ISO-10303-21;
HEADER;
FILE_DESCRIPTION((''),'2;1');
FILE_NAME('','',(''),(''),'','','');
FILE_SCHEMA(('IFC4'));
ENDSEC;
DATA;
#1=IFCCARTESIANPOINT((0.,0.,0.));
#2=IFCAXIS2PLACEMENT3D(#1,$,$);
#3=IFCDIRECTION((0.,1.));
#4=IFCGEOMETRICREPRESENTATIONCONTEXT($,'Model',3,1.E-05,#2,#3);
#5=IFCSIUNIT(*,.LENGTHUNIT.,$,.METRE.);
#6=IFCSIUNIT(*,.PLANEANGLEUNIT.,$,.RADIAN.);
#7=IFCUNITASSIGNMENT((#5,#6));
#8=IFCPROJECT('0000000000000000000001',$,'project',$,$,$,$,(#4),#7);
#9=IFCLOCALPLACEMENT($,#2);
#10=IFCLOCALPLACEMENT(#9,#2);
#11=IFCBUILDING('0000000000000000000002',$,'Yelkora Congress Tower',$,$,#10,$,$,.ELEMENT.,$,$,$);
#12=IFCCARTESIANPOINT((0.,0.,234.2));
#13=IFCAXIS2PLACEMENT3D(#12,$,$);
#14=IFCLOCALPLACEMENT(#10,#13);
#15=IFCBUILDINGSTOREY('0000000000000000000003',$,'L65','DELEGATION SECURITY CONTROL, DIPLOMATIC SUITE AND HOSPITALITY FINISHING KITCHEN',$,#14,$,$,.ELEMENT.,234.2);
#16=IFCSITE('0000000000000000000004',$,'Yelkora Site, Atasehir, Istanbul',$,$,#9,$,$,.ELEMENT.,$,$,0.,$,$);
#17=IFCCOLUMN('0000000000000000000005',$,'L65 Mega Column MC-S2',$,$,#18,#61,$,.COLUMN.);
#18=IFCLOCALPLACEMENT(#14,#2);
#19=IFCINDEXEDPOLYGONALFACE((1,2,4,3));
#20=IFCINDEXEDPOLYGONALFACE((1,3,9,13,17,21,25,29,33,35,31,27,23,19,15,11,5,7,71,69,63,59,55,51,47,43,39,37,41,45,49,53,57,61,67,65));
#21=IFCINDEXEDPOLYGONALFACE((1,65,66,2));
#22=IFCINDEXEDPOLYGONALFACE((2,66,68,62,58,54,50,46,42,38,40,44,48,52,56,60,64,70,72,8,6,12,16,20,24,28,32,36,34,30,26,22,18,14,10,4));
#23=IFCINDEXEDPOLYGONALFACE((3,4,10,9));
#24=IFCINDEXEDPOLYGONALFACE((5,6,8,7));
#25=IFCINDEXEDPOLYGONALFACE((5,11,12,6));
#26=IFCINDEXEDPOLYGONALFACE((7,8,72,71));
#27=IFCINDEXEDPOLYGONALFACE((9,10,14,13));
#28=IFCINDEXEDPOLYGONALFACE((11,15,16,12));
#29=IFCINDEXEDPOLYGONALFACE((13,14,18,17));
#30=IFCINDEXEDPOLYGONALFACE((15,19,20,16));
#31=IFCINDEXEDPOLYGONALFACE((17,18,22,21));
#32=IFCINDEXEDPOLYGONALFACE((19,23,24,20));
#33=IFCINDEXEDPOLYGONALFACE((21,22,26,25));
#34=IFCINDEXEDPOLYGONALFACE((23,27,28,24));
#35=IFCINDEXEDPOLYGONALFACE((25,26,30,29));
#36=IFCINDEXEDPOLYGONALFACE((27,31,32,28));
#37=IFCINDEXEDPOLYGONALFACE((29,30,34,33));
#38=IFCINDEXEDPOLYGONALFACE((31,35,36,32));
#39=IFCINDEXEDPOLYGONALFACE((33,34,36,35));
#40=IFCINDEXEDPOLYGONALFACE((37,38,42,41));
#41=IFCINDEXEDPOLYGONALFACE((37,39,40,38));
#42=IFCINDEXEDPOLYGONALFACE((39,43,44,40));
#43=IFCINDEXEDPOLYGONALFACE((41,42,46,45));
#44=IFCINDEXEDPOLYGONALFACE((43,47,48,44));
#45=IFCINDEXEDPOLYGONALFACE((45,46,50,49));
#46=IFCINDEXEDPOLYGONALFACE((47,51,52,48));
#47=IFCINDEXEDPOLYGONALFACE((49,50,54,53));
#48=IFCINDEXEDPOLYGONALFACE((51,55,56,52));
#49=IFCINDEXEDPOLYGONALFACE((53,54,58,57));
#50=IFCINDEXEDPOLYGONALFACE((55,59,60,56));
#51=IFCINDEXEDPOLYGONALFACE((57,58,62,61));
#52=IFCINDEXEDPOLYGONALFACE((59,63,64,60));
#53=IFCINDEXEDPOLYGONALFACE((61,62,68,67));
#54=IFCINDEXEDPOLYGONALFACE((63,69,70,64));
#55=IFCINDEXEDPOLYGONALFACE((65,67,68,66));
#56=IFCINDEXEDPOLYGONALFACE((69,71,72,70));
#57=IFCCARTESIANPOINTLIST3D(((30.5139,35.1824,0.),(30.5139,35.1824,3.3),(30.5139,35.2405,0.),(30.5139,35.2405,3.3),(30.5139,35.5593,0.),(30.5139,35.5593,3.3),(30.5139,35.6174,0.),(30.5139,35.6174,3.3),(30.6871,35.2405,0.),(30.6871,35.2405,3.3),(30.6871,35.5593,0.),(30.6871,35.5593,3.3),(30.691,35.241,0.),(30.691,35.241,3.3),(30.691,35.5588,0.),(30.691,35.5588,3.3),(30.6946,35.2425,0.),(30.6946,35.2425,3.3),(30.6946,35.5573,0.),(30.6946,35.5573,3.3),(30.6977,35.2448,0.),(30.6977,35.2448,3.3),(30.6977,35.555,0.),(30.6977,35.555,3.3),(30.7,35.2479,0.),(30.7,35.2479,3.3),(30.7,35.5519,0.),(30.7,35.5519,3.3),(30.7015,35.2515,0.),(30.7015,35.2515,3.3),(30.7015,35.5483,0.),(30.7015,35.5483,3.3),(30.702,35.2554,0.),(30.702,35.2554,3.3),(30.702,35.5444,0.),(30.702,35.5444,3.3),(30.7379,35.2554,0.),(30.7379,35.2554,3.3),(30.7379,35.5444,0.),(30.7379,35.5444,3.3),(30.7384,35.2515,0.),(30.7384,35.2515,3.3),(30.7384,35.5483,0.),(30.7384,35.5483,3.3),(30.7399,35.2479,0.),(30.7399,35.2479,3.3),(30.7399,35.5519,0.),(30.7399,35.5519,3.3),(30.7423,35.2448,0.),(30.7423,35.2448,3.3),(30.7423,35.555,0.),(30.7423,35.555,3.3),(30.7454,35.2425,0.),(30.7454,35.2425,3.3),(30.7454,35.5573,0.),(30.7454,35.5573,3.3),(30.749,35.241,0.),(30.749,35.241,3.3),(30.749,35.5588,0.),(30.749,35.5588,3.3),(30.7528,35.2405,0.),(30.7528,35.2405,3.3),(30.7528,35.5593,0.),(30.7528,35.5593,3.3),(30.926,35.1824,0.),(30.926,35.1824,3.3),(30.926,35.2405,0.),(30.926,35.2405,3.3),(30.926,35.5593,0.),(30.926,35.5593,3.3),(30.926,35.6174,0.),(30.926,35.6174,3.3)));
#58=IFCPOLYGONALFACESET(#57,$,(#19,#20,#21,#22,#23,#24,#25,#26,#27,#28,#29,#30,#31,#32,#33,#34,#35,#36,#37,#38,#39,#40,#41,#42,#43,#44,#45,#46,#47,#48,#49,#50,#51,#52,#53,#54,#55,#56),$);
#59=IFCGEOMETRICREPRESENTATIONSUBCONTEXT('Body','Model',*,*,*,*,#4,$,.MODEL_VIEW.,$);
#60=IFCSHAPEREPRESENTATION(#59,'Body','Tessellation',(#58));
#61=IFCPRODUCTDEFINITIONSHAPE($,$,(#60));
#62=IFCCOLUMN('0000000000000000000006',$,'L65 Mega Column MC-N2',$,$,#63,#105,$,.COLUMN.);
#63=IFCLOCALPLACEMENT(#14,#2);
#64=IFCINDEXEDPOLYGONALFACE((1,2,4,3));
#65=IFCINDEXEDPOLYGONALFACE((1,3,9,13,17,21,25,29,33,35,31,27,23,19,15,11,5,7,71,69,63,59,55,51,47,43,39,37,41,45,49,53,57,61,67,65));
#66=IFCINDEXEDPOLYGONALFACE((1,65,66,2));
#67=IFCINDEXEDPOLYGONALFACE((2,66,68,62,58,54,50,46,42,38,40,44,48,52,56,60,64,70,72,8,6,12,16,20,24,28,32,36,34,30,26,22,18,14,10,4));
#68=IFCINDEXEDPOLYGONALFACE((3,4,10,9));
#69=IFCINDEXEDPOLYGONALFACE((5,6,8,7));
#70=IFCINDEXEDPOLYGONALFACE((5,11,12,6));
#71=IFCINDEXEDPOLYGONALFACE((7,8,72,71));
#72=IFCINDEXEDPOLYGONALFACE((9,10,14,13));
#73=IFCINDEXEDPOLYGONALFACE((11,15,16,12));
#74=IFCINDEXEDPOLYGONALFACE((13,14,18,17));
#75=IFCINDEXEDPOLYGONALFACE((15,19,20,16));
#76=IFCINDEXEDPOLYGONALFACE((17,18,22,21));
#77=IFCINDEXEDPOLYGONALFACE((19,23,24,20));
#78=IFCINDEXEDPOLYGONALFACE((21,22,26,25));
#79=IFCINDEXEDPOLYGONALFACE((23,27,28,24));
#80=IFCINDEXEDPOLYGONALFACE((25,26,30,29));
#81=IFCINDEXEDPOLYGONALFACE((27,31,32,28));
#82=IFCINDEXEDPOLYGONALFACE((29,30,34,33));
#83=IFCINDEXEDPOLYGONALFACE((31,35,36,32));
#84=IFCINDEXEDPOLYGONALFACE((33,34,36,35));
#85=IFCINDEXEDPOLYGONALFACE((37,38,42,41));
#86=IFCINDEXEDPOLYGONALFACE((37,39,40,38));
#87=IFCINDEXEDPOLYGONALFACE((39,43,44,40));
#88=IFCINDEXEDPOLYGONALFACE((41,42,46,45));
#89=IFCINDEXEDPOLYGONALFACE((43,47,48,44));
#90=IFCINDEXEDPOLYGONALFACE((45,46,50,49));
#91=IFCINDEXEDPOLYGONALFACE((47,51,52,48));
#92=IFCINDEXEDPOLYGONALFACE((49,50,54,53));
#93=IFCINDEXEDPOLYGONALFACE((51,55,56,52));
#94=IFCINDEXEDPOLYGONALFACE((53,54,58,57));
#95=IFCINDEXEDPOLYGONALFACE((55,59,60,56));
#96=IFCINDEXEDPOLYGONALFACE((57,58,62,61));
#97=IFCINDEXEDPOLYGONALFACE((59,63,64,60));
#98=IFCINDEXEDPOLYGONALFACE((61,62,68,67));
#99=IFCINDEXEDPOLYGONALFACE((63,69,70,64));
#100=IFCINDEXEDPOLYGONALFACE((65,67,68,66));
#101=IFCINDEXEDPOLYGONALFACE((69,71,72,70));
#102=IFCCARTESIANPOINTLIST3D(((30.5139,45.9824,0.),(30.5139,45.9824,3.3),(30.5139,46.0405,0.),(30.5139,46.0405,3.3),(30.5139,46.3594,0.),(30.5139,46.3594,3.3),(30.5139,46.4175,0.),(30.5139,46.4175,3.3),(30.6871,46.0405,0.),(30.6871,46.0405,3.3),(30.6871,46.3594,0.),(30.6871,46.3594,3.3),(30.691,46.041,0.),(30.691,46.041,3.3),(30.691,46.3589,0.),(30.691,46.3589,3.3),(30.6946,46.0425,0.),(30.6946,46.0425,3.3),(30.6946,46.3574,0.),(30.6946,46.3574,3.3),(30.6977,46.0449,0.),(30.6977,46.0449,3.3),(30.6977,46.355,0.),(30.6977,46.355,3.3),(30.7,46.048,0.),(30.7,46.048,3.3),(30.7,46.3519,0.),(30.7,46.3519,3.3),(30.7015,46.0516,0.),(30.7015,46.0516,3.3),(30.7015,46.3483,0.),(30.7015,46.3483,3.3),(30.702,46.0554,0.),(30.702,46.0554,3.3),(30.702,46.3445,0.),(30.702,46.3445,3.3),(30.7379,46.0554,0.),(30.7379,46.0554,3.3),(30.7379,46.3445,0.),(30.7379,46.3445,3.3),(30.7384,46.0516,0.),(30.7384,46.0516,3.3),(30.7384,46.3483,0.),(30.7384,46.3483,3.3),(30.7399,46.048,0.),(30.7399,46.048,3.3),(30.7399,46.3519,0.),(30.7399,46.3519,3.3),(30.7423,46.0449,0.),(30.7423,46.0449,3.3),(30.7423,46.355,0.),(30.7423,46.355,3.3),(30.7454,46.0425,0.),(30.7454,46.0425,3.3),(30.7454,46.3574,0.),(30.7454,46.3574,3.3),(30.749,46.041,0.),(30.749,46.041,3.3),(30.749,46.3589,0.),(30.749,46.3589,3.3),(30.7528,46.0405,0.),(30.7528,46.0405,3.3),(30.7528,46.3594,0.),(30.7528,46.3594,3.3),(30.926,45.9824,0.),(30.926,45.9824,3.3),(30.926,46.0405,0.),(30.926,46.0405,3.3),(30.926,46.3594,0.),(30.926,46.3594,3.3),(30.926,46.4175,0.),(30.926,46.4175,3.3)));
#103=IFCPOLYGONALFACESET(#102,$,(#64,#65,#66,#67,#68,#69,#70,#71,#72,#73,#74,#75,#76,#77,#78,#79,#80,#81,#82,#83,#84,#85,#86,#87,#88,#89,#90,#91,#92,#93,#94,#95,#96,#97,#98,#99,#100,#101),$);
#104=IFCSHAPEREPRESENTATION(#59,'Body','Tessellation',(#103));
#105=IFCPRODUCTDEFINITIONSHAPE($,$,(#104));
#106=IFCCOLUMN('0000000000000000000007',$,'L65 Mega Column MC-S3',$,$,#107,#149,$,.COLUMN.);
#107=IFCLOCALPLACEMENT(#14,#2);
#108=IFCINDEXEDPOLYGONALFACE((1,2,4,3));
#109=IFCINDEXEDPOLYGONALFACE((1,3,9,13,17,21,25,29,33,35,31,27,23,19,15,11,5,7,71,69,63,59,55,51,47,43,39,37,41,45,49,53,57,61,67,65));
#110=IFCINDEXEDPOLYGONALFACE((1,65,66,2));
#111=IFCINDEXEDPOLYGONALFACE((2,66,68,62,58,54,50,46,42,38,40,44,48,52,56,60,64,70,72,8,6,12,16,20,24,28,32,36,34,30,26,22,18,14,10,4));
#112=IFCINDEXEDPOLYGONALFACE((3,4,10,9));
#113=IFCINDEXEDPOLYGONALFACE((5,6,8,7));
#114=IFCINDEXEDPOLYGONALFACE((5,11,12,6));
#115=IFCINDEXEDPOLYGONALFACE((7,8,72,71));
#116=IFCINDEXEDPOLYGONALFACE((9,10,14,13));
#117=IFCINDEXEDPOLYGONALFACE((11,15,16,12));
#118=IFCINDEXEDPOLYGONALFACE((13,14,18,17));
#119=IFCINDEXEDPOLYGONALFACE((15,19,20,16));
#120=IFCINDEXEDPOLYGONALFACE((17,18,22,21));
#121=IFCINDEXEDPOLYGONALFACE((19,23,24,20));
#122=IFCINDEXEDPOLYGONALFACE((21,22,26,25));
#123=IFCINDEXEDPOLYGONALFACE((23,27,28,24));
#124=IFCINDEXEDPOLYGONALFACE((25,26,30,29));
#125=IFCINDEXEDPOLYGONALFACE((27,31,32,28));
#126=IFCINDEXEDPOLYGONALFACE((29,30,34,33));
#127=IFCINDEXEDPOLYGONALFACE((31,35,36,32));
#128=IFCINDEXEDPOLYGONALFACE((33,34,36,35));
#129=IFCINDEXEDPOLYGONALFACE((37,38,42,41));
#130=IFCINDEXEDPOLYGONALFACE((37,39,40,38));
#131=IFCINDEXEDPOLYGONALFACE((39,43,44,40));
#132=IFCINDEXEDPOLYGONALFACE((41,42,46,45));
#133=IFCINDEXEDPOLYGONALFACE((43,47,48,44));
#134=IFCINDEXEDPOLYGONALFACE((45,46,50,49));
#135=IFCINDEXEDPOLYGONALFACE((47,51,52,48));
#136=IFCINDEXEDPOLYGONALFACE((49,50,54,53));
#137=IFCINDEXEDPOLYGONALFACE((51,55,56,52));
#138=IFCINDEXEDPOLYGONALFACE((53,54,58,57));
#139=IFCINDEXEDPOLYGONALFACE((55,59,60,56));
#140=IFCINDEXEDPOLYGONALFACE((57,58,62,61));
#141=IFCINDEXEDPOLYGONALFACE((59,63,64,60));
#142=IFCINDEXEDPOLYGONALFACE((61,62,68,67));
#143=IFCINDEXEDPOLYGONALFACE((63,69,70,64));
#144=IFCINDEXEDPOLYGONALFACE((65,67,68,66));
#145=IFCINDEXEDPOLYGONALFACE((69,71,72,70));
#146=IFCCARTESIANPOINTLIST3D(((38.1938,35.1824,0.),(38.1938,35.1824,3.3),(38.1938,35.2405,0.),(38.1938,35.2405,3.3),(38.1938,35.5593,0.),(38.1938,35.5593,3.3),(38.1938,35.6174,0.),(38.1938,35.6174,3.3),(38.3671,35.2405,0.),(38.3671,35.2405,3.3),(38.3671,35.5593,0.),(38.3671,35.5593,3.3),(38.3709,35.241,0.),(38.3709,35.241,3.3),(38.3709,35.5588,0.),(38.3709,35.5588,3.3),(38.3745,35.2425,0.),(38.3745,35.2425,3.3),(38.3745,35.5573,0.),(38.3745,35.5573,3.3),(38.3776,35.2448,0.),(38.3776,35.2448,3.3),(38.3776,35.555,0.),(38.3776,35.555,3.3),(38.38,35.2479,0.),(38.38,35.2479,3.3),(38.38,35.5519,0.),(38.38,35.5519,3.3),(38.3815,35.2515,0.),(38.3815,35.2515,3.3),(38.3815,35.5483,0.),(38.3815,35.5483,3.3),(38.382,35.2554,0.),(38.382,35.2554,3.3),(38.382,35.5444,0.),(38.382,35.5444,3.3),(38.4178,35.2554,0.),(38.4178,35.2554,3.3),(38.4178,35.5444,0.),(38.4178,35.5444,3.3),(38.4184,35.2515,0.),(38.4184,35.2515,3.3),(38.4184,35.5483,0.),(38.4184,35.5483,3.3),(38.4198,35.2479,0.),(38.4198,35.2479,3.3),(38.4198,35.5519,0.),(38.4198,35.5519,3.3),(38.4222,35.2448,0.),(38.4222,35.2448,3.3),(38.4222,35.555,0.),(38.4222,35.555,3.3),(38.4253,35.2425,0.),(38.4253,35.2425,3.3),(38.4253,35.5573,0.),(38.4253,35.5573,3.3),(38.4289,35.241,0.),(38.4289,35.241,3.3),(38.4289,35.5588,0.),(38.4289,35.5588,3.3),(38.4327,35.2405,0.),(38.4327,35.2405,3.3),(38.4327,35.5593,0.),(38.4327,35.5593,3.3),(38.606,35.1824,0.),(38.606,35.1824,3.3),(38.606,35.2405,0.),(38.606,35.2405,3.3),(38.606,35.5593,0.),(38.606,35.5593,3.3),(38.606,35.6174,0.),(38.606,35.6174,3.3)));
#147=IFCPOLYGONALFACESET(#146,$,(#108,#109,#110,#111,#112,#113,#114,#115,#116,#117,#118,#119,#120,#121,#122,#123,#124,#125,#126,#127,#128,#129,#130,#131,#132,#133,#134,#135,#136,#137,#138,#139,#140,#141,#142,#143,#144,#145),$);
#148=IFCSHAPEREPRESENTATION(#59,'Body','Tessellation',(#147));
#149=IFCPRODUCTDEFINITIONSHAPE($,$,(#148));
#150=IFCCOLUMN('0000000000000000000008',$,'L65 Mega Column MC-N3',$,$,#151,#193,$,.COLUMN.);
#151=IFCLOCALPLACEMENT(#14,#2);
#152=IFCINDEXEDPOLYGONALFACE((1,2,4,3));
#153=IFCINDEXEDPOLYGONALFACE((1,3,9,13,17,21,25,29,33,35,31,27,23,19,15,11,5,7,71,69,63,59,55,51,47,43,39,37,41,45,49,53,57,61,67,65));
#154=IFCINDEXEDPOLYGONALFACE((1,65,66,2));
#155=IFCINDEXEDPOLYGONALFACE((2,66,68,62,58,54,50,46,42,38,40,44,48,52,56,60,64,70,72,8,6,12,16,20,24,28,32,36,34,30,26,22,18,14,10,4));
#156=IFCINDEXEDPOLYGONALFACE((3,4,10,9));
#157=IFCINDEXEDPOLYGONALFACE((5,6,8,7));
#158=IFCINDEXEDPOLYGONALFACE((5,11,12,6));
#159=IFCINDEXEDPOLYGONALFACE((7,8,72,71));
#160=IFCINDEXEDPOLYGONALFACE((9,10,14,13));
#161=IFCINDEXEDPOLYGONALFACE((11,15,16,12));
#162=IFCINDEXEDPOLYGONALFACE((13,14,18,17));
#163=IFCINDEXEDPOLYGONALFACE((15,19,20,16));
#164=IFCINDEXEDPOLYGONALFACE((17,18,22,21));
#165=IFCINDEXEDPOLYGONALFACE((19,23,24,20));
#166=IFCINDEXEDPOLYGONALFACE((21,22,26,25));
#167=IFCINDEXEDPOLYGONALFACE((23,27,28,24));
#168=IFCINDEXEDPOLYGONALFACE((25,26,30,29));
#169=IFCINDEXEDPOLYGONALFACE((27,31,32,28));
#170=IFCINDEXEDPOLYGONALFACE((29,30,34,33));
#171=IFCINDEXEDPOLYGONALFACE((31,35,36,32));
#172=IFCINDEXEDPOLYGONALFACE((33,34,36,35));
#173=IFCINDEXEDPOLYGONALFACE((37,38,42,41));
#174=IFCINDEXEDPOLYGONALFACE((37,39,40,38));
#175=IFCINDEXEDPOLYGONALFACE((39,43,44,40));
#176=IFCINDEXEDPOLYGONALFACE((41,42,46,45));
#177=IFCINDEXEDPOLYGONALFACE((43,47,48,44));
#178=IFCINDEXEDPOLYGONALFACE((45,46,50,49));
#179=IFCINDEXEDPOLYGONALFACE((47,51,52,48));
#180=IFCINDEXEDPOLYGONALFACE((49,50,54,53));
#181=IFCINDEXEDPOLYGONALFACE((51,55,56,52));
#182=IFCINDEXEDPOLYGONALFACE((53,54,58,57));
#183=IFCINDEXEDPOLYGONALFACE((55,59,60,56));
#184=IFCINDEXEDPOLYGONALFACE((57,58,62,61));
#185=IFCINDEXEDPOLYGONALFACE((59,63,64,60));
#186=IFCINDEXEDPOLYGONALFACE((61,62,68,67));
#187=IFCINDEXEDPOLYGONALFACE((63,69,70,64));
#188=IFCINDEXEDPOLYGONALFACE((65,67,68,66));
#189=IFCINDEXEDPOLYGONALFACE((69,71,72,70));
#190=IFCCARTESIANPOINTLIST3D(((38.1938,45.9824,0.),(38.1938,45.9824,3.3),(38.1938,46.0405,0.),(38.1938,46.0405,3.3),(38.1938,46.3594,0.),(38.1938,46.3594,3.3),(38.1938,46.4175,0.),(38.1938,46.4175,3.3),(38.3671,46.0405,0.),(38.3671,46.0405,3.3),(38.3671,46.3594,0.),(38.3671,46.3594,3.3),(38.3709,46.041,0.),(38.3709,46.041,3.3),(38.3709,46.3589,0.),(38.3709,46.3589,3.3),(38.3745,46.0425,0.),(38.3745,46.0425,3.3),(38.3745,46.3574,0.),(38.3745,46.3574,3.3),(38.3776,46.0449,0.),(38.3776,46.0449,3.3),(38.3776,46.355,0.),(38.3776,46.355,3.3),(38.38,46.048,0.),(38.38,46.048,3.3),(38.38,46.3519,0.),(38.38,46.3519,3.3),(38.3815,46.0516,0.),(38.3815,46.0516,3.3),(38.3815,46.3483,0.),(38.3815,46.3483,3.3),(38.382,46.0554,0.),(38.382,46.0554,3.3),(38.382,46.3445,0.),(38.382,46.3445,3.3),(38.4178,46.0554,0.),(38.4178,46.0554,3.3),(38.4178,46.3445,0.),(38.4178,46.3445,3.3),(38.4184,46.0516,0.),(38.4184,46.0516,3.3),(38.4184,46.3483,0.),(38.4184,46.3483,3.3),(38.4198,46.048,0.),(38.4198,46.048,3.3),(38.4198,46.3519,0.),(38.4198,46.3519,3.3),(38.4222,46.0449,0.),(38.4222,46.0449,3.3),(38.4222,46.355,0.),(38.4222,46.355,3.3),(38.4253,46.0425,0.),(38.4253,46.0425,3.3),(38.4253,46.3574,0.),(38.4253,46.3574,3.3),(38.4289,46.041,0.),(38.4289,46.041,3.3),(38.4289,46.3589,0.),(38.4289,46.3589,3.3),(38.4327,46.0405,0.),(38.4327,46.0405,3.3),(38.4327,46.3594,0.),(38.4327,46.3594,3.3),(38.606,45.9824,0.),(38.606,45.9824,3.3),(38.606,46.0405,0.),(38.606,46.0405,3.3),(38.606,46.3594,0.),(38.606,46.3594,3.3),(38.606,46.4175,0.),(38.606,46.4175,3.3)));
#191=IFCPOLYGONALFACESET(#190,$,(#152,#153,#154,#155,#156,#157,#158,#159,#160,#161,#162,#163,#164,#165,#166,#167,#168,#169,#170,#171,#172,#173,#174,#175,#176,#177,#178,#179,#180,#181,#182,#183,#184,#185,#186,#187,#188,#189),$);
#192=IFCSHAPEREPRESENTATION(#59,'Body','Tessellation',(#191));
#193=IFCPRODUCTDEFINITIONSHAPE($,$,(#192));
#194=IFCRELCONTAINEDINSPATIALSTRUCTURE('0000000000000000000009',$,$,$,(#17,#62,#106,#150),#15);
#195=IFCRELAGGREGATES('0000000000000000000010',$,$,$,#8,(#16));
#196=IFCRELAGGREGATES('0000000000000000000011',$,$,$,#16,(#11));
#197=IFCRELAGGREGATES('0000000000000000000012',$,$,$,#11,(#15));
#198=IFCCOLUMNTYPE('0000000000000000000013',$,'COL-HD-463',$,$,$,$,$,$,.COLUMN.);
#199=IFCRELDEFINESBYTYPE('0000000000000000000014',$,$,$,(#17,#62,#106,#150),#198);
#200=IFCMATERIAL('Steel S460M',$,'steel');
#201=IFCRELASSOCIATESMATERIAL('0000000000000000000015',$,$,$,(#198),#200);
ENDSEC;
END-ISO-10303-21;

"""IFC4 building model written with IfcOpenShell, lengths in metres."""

from ifc_helpers import new_model, si_unit, direction, frame, origin, origin_2d, place, context, subcontext, project, spatial, i_section, extrude, material, material_profile, profile_set, type_object, element, save


model = new_model("IFC4")

# Units and contexts
model_context = context("Model", 3, precision=1e-05, world=origin(), true_north=direction((0.0, 1.0)))
body_context = subcontext(model_context, "Body", "Model", "MODEL_VIEW")
ifc_project = project(units=[si_unit("LENGTHUNIT", "METRE"), si_unit("PLANEANGLEUNIT", "RADIAN")], contexts=[model_context])

# Site, building, storey
site_placement = place(None, origin())
site = spatial("IfcSite", under=ifc_project, at=site_placement, Name="Yelkora Site, Atasehir, Istanbul", CompositionType="ELEMENT", RefElevation=0.0)
building_placement = place(site_placement, origin())
building = spatial("IfcBuilding", under=site, at=building_placement, Name="Yelkora Congress Tower", CompositionType="ELEMENT")
storey_placement = place(building_placement, frame((0.0, 0.0, 234.2)))
storey = spatial("IfcBuildingStorey", under=building, at=storey_placement, Name="L65", Description="DELEGATION SECURITY CONTROL, DIPLOMATIC SUITE AND HOSPITALITY FINISHING KITCHEN", CompositionType="ELEMENT", Elevation=234.2)

# Columns
ifc_material_1 = material(Name="Steel S460M", Category="steel")
ifc_material_profile_1 = material_profile(ifc_material_1, i_section(OverallWidth=0.4121, OverallDepth=0.4351, WebThickness=0.0359, FlangeThickness=0.0581, FilletRadius=0.0149, at=origin_2d()), Name="HD 400x463")
ifc_profile_set_1 = profile_set([ifc_material_profile_1], Name="Steel S460M")
column_type = type_object("IfcColumnType", Name="COL-HD-463", PredefinedType="COLUMN", material=ifc_profile_set_1)
for number, where, z_axis, x_axis, name in (
    (1, (30.72, 35.3999, 0.0), (0.0, 0.0, 1.0), (1.0, 0.0, 0.0), "L65 Mega Column MC-S2"),
    (2, (30.72, 46.2, 0.0), (0.0, 0.0, 1.0), (1.0, 0.0, 0.0), "L65 Mega Column MC-N2"),
    (3, (38.3999, 35.3999, 0.0), (0.0, 0.0, 1.0), (1.0, 0.0, 0.0), "L65 Mega Column MC-S3"),
    (4, (38.3999, 46.2, 0.0), (0.0, 0.0, 1.0), (1.0, 0.0, 0.0), "L65 Mega Column MC-N3"),
):
    element("IfcColumn", number, at=place(storey_placement, frame(where, z_axis=z_axis, x_axis=x_axis)), inside=storey, type_object=column_type, Name=name, PredefinedType="COLUMN", context=body_context, shape_type="SweptSolid", body=[
        extrude(i_section(OverallWidth=0.4121, OverallDepth=0.4351, WebThickness=0.0359, FlangeThickness=0.0581, FilletRadius=0.0149, at=origin_2d()), origin(), (0.0, 0.0, 1.0), 3.3),
    ])

save(model, "model.ifc")
